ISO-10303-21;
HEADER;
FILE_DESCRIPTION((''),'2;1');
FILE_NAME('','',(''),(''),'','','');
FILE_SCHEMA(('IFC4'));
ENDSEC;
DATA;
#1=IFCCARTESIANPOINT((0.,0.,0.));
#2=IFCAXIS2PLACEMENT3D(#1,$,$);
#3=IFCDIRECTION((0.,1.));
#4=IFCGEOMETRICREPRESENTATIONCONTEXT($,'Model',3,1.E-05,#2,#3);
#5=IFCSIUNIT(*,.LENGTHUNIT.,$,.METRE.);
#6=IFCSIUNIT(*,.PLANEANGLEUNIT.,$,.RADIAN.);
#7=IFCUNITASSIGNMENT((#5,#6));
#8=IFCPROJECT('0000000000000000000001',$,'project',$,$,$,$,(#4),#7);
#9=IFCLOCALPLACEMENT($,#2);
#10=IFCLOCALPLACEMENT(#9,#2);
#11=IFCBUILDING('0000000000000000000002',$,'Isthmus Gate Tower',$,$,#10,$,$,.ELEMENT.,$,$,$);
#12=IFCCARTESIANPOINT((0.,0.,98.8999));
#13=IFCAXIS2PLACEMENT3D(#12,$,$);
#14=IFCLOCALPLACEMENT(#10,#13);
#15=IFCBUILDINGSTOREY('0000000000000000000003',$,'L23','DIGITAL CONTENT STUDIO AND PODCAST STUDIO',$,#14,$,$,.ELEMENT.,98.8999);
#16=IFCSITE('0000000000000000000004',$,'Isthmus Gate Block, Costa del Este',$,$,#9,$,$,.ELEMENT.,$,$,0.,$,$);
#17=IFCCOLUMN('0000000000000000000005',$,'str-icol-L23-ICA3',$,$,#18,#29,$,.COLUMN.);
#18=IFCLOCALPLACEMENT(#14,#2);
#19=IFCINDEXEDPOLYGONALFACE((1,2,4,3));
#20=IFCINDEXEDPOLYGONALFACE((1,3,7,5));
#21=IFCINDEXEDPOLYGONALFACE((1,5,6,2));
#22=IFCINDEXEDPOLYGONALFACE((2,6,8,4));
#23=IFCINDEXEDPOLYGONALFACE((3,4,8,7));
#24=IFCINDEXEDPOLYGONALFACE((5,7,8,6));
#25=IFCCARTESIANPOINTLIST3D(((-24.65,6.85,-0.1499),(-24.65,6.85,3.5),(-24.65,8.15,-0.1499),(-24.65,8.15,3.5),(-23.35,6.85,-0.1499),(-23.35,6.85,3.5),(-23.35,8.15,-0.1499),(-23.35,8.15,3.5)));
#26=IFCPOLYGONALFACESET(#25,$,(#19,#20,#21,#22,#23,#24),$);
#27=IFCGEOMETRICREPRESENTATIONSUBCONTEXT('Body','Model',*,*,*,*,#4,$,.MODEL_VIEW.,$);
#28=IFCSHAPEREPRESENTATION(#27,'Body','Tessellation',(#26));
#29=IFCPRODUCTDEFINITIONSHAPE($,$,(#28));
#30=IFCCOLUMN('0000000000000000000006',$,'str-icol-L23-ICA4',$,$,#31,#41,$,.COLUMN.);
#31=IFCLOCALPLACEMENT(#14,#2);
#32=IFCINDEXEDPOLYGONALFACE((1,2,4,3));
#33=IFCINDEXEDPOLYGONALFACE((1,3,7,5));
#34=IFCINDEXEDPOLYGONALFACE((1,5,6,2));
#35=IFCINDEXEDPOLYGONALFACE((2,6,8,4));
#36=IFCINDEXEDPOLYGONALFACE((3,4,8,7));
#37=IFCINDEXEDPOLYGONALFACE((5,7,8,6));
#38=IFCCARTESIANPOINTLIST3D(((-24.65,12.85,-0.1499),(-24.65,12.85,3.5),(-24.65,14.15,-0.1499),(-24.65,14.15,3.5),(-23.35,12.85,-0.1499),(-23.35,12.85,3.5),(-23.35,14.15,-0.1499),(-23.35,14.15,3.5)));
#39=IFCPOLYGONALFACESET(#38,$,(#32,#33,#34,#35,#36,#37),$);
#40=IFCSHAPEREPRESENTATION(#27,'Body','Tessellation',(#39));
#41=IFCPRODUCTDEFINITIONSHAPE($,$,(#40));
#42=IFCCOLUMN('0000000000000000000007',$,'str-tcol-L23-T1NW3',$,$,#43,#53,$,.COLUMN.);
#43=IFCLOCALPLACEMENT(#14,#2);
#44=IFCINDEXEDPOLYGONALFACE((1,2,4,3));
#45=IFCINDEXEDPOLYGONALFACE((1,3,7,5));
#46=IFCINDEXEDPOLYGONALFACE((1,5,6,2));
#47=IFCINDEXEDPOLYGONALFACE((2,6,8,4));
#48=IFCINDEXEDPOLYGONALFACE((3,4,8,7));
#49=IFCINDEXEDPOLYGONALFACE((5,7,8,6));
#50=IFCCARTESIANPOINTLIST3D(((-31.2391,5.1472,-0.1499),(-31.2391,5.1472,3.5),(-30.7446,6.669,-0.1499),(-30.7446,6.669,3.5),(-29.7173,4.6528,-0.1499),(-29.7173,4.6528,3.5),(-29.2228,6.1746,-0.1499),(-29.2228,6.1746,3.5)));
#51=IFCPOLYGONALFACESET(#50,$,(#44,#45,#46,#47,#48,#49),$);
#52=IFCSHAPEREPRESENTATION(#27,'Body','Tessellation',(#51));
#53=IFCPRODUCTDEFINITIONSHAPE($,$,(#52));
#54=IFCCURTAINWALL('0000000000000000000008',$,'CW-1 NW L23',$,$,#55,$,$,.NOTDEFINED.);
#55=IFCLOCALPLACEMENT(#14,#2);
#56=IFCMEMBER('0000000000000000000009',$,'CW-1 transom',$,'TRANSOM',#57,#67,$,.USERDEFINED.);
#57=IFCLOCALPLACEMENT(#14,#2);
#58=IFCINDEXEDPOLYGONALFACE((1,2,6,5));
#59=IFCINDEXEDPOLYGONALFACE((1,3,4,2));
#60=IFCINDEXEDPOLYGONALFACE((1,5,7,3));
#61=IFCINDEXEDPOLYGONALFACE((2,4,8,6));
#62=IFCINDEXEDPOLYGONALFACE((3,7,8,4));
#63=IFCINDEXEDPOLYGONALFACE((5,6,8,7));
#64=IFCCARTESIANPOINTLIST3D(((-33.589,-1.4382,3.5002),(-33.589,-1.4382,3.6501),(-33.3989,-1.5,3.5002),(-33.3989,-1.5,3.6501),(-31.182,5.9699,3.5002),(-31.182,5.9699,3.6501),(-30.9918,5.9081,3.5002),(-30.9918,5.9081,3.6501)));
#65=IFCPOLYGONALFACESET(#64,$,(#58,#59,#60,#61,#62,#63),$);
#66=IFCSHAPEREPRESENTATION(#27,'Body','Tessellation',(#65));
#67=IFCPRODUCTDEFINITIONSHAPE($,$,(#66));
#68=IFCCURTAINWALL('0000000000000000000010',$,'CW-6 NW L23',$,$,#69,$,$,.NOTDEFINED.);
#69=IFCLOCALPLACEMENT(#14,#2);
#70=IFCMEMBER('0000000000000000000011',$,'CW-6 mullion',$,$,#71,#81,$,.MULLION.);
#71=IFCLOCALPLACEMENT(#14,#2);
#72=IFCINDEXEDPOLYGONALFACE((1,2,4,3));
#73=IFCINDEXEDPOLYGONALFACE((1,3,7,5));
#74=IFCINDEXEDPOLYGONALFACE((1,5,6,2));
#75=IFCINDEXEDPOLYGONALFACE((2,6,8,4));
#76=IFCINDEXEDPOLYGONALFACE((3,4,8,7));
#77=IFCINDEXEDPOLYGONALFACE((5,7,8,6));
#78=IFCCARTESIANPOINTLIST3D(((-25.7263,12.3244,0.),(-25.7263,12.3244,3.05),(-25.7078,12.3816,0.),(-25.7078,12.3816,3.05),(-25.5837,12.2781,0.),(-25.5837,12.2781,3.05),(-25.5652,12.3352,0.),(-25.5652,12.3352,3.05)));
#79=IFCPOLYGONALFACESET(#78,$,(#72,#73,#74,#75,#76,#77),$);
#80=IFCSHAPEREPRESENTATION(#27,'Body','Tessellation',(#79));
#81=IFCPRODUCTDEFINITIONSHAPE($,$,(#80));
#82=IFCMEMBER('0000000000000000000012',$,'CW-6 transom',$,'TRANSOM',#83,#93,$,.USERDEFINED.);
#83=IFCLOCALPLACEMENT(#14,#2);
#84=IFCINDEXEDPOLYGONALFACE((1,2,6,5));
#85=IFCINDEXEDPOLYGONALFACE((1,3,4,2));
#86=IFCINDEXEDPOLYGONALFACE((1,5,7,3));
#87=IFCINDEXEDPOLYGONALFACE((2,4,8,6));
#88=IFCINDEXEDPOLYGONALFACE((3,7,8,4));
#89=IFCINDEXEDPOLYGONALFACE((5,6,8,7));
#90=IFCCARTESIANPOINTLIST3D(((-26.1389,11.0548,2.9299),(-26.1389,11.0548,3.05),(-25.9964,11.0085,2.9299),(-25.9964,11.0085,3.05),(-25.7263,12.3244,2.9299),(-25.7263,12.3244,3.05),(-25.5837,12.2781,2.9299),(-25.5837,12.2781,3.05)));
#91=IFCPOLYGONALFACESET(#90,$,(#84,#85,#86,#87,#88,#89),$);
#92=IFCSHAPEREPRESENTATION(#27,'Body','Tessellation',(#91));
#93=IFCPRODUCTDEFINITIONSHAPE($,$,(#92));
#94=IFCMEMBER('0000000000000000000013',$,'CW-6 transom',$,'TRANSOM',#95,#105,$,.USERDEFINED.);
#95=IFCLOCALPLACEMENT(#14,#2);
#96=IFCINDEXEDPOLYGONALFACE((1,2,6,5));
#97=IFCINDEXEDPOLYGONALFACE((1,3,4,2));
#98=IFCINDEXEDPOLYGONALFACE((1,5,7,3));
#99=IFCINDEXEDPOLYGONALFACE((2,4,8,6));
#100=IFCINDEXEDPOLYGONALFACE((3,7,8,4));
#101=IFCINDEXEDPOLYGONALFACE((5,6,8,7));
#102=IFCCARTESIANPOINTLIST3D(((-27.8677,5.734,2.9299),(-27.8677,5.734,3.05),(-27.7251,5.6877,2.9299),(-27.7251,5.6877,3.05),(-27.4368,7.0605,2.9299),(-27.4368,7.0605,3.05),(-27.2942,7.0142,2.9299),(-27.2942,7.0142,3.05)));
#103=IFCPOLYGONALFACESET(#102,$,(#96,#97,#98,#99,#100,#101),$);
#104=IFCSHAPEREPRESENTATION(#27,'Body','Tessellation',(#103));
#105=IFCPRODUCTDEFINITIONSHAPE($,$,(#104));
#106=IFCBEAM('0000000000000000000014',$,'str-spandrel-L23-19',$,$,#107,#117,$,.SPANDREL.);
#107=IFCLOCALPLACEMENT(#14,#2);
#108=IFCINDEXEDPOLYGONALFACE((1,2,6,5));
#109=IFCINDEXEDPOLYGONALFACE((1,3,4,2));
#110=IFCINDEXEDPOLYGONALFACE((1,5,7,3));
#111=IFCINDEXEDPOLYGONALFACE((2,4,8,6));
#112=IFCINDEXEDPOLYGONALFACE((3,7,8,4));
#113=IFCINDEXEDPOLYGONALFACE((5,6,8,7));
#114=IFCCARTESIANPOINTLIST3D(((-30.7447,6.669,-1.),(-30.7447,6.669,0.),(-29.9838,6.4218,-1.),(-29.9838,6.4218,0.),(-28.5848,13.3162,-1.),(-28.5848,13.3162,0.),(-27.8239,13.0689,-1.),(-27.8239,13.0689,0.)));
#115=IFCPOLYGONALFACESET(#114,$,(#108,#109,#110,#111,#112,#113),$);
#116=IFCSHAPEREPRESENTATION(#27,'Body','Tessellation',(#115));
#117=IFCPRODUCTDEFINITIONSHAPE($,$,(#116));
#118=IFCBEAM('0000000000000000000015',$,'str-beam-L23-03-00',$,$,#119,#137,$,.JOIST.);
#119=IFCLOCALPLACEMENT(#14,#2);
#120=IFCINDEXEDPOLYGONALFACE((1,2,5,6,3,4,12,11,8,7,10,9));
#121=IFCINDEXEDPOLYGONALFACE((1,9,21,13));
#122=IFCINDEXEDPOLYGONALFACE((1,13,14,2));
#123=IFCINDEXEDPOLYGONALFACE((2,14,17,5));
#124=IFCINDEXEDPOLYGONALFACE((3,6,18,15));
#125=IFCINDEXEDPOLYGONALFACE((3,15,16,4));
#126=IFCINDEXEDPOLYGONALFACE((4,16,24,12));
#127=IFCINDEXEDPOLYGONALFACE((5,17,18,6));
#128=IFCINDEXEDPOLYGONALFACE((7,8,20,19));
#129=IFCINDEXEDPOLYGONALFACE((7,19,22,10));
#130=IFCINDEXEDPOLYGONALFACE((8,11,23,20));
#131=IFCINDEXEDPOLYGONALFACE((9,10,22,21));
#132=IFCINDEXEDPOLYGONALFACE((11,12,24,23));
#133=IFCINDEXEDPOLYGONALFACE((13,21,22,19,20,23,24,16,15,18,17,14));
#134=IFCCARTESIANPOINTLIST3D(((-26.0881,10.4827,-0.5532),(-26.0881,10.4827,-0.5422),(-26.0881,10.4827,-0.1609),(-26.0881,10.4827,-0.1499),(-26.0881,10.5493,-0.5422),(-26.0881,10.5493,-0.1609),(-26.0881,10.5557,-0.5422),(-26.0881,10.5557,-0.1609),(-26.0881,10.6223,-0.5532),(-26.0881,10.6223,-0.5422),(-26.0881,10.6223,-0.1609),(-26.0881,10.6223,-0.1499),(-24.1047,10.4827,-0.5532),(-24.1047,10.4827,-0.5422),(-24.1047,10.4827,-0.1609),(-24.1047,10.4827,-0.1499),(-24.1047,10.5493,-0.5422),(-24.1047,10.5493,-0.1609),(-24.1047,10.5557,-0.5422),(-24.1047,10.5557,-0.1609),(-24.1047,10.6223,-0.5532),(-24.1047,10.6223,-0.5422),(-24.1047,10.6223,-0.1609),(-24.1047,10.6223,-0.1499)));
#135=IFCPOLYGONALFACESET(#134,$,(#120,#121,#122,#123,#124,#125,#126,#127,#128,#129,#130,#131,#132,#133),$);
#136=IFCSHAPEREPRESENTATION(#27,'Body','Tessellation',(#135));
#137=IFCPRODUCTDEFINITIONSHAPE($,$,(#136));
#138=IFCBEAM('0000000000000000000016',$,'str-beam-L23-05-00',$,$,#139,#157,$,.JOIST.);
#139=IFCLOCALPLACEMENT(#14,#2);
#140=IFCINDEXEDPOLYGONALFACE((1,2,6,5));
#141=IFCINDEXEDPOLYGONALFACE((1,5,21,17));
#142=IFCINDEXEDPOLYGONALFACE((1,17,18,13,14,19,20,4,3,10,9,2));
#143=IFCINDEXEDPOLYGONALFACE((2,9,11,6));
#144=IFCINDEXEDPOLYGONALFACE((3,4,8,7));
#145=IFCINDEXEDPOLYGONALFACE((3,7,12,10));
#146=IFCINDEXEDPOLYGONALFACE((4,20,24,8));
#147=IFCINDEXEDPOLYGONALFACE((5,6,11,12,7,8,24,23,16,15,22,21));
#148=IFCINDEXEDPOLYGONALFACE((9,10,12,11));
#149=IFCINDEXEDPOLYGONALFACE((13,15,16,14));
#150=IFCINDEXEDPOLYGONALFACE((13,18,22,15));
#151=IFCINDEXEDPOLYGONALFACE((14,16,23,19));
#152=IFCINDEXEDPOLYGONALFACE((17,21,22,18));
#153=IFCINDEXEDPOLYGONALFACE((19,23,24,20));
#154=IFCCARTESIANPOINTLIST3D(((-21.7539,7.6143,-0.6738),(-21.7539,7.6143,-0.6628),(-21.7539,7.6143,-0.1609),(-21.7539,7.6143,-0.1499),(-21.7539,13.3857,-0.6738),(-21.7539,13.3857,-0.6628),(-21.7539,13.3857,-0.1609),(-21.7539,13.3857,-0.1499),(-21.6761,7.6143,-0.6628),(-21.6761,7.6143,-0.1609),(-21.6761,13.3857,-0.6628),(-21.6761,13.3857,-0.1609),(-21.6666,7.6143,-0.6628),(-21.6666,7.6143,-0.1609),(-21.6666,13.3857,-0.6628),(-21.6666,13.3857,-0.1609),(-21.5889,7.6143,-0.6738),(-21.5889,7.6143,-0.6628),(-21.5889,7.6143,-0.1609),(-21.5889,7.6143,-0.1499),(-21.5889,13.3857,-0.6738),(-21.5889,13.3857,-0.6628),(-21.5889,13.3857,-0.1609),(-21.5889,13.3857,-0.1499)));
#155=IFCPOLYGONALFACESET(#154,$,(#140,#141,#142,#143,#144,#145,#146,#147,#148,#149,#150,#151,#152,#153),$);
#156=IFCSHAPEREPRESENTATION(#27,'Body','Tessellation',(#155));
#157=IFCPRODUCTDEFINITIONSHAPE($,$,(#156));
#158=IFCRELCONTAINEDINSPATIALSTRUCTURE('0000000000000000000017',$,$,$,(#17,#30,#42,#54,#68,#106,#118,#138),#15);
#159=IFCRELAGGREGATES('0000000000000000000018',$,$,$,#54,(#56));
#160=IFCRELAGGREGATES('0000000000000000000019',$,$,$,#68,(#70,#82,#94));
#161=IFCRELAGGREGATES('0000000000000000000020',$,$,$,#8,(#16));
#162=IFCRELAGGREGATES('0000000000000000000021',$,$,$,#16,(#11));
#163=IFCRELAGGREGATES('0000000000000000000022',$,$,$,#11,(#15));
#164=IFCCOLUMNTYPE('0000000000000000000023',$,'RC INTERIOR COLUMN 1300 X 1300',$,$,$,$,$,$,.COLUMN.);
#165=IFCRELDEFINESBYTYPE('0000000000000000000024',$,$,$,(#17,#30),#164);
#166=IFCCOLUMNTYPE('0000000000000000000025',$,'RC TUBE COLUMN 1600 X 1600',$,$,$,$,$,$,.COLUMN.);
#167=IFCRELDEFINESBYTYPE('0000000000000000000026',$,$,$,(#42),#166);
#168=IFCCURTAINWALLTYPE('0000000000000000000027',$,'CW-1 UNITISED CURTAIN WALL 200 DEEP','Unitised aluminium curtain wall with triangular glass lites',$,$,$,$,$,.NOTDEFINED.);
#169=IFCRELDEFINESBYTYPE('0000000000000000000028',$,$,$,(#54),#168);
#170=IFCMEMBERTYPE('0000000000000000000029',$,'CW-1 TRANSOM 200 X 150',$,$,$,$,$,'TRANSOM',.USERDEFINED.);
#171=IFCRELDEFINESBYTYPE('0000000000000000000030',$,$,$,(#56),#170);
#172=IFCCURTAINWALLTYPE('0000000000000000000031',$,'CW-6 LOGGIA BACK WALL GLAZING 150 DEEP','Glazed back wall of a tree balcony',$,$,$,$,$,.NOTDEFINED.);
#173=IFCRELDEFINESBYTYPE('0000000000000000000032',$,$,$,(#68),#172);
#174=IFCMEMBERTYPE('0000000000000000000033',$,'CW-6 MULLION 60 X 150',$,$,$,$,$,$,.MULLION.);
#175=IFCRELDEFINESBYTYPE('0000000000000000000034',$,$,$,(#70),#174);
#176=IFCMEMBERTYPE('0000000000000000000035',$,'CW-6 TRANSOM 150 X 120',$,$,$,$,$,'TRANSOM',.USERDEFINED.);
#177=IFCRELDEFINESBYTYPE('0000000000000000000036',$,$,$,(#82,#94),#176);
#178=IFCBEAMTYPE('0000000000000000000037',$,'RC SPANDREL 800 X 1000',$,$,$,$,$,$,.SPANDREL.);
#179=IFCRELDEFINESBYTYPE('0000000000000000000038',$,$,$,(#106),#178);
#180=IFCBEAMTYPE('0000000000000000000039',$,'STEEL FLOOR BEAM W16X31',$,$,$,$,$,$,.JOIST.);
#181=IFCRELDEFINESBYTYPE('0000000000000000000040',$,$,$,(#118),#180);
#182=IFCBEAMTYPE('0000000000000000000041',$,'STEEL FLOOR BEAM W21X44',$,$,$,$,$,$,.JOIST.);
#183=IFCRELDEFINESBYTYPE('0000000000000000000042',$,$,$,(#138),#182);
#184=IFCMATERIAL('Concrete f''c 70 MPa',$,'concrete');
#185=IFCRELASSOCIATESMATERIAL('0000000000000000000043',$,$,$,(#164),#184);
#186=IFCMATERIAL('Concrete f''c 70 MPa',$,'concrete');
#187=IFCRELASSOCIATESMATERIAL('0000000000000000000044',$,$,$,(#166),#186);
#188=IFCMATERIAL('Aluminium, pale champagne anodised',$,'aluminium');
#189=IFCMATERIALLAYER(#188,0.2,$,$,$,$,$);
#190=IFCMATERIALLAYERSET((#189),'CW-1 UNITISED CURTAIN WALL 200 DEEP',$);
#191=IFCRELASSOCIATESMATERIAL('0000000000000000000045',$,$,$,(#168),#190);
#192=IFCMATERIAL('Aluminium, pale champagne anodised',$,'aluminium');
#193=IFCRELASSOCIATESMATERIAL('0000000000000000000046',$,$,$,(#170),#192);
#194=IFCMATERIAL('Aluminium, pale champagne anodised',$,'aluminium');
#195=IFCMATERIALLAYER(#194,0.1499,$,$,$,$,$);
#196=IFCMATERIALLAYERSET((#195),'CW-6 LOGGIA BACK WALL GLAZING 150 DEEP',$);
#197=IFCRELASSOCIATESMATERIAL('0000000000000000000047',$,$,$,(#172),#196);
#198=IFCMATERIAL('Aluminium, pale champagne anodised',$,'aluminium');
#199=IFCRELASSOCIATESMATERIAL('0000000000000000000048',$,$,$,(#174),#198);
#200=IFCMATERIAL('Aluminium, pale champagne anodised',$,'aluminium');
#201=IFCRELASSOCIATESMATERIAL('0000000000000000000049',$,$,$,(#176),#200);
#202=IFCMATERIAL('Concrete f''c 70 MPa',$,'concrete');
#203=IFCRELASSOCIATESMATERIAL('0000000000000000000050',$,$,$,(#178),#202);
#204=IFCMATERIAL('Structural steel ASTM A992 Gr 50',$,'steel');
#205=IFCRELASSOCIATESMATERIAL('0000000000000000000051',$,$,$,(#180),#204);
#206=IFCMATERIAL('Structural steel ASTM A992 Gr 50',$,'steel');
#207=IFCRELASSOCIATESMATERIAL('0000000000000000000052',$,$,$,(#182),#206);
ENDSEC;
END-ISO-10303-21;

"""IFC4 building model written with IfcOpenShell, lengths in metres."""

from ifc_helpers import new_model, si_unit, direction, frame, origin, origin_2d, place, context, subcontext, project, spatial, rectangle, i_section, extrude, material, layer, layer_set, material_profile, profile_set, type_object, element, aggregate, save


model = new_model("IFC4")

# Units and contexts
model_context = context("Model", 3, precision=1e-05, world=origin(), true_north=direction((0.0, 1.0)))
body_context = subcontext(model_context, "Body", "Model", "MODEL_VIEW")
ifc_project = project(units=[si_unit("LENGTHUNIT", "METRE"), si_unit("PLANEANGLEUNIT", "RADIAN")], contexts=[model_context])

# Site, building, storey
site_placement = place(None, origin())
site = spatial("IfcSite", under=ifc_project, at=site_placement, Name="Isthmus Gate Block, Costa del Este", CompositionType="ELEMENT", RefElevation=0.0)
building_placement = place(site_placement, origin())
building = spatial("IfcBuilding", under=site, at=building_placement, Name="Isthmus Gate Tower", CompositionType="ELEMENT")
storey_placement = place(building_placement, frame((0.0, 0.0, 98.8999)))
storey = spatial("IfcBuildingStorey", under=building, at=storey_placement, Name="L23", Description="DIGITAL CONTENT STUDIO AND PODCAST STUDIO", CompositionType="ELEMENT", Elevation=98.8999)

# Columns
ifc_material_1 = material(Name="Concrete f'c 70 MPa", Category="concrete")
ifc_material_profile_1 = material_profile(ifc_material_1, rectangle(XDim=1.3, YDim=1.3, at=origin_2d()), Name="RC 1300X1300")
ifc_profile_set_1 = profile_set([ifc_material_profile_1], Name="Concrete f'c 70 MPa")
column_type_1 = type_object("IfcColumnType", Name="RC INTERIOR COLUMN 1300 X 1300", PredefinedType="COLUMN", material=ifc_profile_set_1)
for number, where, z_axis, x_axis, name in (
    (1, (-24.0, 7.5, -0.1499), (0.0, 0.0, 1.0), (1.0, 0.0, 0.0), "str-icol-L23-ICA3"),
    (2, (-24.0, 13.5, -0.1499), (0.0, 0.0, 1.0), (1.0, 0.0, 0.0), "str-icol-L23-ICA4"),
):
    element("IfcColumn", number, at=place(storey_placement, frame(where, z_axis=z_axis, x_axis=x_axis)), inside=storey, type_object=column_type_1, Name=name, PredefinedType="COLUMN", context=body_context, shape_type="SweptSolid", body=[
        extrude(rectangle(XDim=1.3, YDim=1.3, at=origin_2d()), origin(), (0.0, 0.0, 1.0), 3.6499),
    ])
ifc_material_2 = material(Name="Concrete f'c 70 MPa", Category="concrete")
ifc_material_profile_2 = material_profile(ifc_material_2, rectangle(XDim=1.6001, YDim=1.6001, at=origin_2d()), Name="RC 1600X1600")
ifc_profile_set_2 = profile_set([ifc_material_profile_2], Name="Concrete f'c 70 MPa")
column_type_2 = type_object("IfcColumnType", Name="RC TUBE COLUMN 1600 X 1600", PredefinedType="COLUMN", material=ifc_profile_set_2)
column_placement = place(storey_placement, frame((-30.231, 5.6609, -0.1499), z_axis=(0.0, 0.0, 1.0), x_axis=(-0.309017, -0.951057, 0.0)))
element("IfcColumn", 3, at=column_placement, inside=storey, type_object=column_type_2, Name="str-tcol-L23-T1NW3", PredefinedType="COLUMN", context=body_context, shape_type="SweptSolid", body=[
    extrude(rectangle(XDim=1.6001, YDim=1.6001, at=origin_2d()), origin(), (0.0, 0.0, 1.0), 3.6499),
])

# Curtain wall, member
ifc_material_3 = material(Name="Aluminium, pale champagne anodised", Category="aluminium")
ifc_layer_1 = layer(ifc_material_3, 0.2)
ifc_layer_set_1 = layer_set([ifc_layer_1], Name="CW-1 UNITISED CURTAIN WALL 200 DEEP")
curtain_wall_type_1 = type_object("IfcCurtainWallType", Name="CW-1 UNITISED CURTAIN WALL 200 DEEP", Description="Unitised aluminium curtain wall with triangular glass lites", PredefinedType="NOTDEFINED", material=ifc_layer_set_1)
curtain_wall_1_placement = place(storey_placement, origin())
curtain_wall_1 = element("IfcCurtainWall", 4, at=curtain_wall_1_placement, inside=storey, type_object=curtain_wall_type_1, Name="CW-1 NW L23", PredefinedType="NOTDEFINED")
ifc_material_4 = material(Name="Aluminium, pale champagne anodised", Category="aluminium")
ifc_material_profile_3 = material_profile(ifc_material_4, rectangle(XDim=0.2, YDim=0.1499, at=origin_2d()), Name="200x150")
ifc_profile_set_3 = profile_set([ifc_material_profile_3], Name="Aluminium, pale champagne anodised")
member_type_1 = type_object("IfcMemberType", Name="CW-1 TRANSOM 200 X 150", ElementType="TRANSOM", PredefinedType="USERDEFINED", material=ifc_profile_set_3)
member_1_placement = place(storey_placement, frame((-31.0869, 5.939, 3.5752), z_axis=(-0.309016, -0.951057, 0.0), x_axis=(0.951057, -0.309016, 0.0)))
member_1 = element("IfcMember", 5, at=member_1_placement, type_object=member_type_1, Name="CW-1 transom", ObjectType="TRANSOM", PredefinedType="USERDEFINED", context=body_context, shape_type="SweptSolid", body=[
    extrude(rectangle(XDim=0.2, YDim=0.1499, at=origin_2d()), origin(), (0.0, 0.0, 1.0), 7.7893),
])
aggregate(curtain_wall_1, [member_1])

# Curtain wall, members
ifc_material_5 = material(Name="Aluminium, pale champagne anodised", Category="aluminium")
ifc_layer_2 = layer(ifc_material_5, 0.1499)
ifc_layer_set_2 = layer_set([ifc_layer_2], Name="CW-6 LOGGIA BACK WALL GLAZING 150 DEEP")
curtain_wall_type_2 = type_object("IfcCurtainWallType", Name="CW-6 LOGGIA BACK WALL GLAZING 150 DEEP", Description="Glazed back wall of a tree balcony", PredefinedType="NOTDEFINED", material=ifc_layer_set_2)
curtain_wall_2_placement = place(storey_placement, origin())
curtain_wall_2 = element("IfcCurtainWall", 6, at=curtain_wall_2_placement, inside=storey, type_object=curtain_wall_type_2, Name="CW-6 NW L23", PredefinedType="NOTDEFINED")
ifc_material_6 = material(Name="Aluminium, pale champagne anodised", Category="aluminium")
ifc_material_profile_4 = material_profile(ifc_material_6, rectangle(XDim=0.0601, YDim=0.1499, at=origin_2d()), Name="60x150")
ifc_profile_set_4 = profile_set([ifc_material_profile_4], Name="Aluminium, pale champagne anodised")
member_type_2 = type_object("IfcMemberType", Name="CW-6 MULLION 60 X 150", PredefinedType="MULLION", material=ifc_profile_set_4)
member_2_placement = place(storey_placement, frame((-25.6458, 12.3298, 0.0), z_axis=(0.0, 0.0, 1.0), x_axis=(-0.309017, -0.951057, 0.0)))
member_2 = element("IfcMember", 7, at=member_2_placement, type_object=member_type_2, Name="CW-6 mullion", PredefinedType="MULLION", context=body_context, shape_type="SweptSolid", body=[
    extrude(rectangle(XDim=0.0601, YDim=0.1499, at=origin_2d()), origin(), (0.0, 0.0, 1.0), 3.05),
])
ifc_material_7 = material(Name="Aluminium, pale champagne anodised", Category="aluminium")
ifc_material_profile_5 = material_profile(ifc_material_7, rectangle(XDim=0.1499, YDim=0.1201, at=origin_2d()), Name="150x120")
ifc_profile_set_5 = profile_set([ifc_material_profile_5], Name="Aluminium, pale champagne anodised")
member_type_3 = type_object("IfcMemberType", Name="CW-6 TRANSOM 150 X 120", ElementType="TRANSOM", PredefinedType="USERDEFINED", material=ifc_profile_set_5)
member_3_placement = place(storey_placement, frame((-25.655, 12.3013, 2.99), z_axis=(-0.309086, -0.951034, 0.0), x_axis=(0.951034, -0.309086, 0.0)))
member_3 = element("IfcMember", 8, at=member_3_placement, type_object=member_type_3, Name="CW-6 transom", ObjectType="TRANSOM", PredefinedType="USERDEFINED", context=body_context, shape_type="SweptSolid", body=[
    extrude(rectangle(XDim=0.1499, YDim=0.1201, at=origin_2d()), origin(), (0.0, 0.0, 1.0), 1.335),
])
member_4_placement = place(storey_placement, frame((-27.3655, 7.0374, 2.99), z_axis=(-0.308971, -0.951071, 0.0), x_axis=(0.951071, -0.308971, 0.0)))
member_4 = element("IfcMember", 9, at=member_4_placement, type_object=member_type_3, Name="CW-6 transom", ObjectType="TRANSOM", PredefinedType="USERDEFINED", context=body_context, shape_type="SweptSolid", body=[
    extrude(rectangle(XDim=0.1499, YDim=0.1201, at=origin_2d()), origin(), (0.0, 0.0, 1.0), 1.3948),
])

# Beams
ifc_material_8 = material(Name="Concrete f'c 70 MPa", Category="concrete")
ifc_material_profile_6 = material_profile(ifc_material_8, rectangle(XDim=0.8, YDim=1.0, at=origin_2d()), Name="RC 800X1000")
ifc_profile_set_6 = profile_set([ifc_material_profile_6], Name="Concrete f'c 70 MPa")
beam_type_1 = type_object("IfcBeamType", Name="RC SPANDREL 800 X 1000", PredefinedType="SPANDREL", material=ifc_profile_set_6)
beam_1_placement = place(storey_placement, frame((-30.3643, 6.5454, -0.5), z_axis=(0.30903, 0.951052, 0.0), x_axis=(-0.951052, 0.30903, 0.0)))
element("IfcBeam", 10, at=beam_1_placement, inside=storey, type_object=beam_type_1, Name="str-spandrel-L23-19", PredefinedType="SPANDREL", context=body_context, shape_type="SweptSolid", body=[
    extrude(rectangle(XDim=0.8, YDim=1.0, at=origin_2d()), origin(), (0.0, 0.0, 1.0), 6.9893),
])
ifc_material_9 = material(Name="Structural steel ASTM A992 Gr 50", Category="steel")
ifc_material_profile_7 = material_profile(ifc_material_9, i_section(OverallWidth=0.1396, OverallDepth=0.4033, WebThickness=0.0063, FlangeThickness=0.011, at=origin_2d()), Name="W16X31")
ifc_profile_set_7 = profile_set([ifc_material_profile_7], Name="Structural steel ASTM A992 Gr 50")
beam_type_2 = type_object("IfcBeamType", Name="STEEL FLOOR BEAM W16X31", PredefinedType="JOIST", material=ifc_profile_set_7)
beam_2_placement = place(storey_placement, frame((-26.0881, 10.5525, -0.3516), z_axis=(1.0, 0.0, 0.0), x_axis=(0.0, 1.0, 0.0)))
element("IfcBeam", 11, at=beam_2_placement, inside=storey, type_object=beam_type_2, Name="str-beam-L23-03-00", PredefinedType="JOIST", context=body_context, shape_type="SweptSolid", body=[
    extrude(i_section(OverallWidth=0.1396, OverallDepth=0.4033, WebThickness=0.0063, FlangeThickness=0.011, at=origin_2d()), origin(), (0.0, 0.0, 1.0), 1.9834),
])
ifc_material_10 = material(Name="Structural steel ASTM A992 Gr 50", Category="steel")
ifc_material_profile_8 = material_profile(ifc_material_10, i_section(OverallWidth=0.165, OverallDepth=0.5239, WebThickness=0.0095, FlangeThickness=0.011, at=origin_2d()), Name="W21X44")
ifc_profile_set_8 = profile_set([ifc_material_profile_8], Name="Structural steel ASTM A992 Gr 50")
beam_type_3 = type_object("IfcBeamType", Name="STEEL FLOOR BEAM W21X44", PredefinedType="JOIST", material=ifc_profile_set_8)
beam_3_placement = place(storey_placement, frame((-21.6714, 7.6143, -0.4119), z_axis=(0.0, 1.0, 0.0), x_axis=(-1.0, 0.0, 0.0)))
element("IfcBeam", 12, at=beam_3_placement, inside=storey, type_object=beam_type_3, Name="str-beam-L23-05-00", PredefinedType="JOIST", context=body_context, shape_type="SweptSolid", body=[
    extrude(i_section(OverallWidth=0.165, OverallDepth=0.5239, WebThickness=0.0095, FlangeThickness=0.011, at=origin_2d()), origin(), (0.0, 0.0, 1.0), 5.7715),
])

aggregate(curtain_wall_2, [member_2, member_3, member_4])

save(model, "model.ifc")
